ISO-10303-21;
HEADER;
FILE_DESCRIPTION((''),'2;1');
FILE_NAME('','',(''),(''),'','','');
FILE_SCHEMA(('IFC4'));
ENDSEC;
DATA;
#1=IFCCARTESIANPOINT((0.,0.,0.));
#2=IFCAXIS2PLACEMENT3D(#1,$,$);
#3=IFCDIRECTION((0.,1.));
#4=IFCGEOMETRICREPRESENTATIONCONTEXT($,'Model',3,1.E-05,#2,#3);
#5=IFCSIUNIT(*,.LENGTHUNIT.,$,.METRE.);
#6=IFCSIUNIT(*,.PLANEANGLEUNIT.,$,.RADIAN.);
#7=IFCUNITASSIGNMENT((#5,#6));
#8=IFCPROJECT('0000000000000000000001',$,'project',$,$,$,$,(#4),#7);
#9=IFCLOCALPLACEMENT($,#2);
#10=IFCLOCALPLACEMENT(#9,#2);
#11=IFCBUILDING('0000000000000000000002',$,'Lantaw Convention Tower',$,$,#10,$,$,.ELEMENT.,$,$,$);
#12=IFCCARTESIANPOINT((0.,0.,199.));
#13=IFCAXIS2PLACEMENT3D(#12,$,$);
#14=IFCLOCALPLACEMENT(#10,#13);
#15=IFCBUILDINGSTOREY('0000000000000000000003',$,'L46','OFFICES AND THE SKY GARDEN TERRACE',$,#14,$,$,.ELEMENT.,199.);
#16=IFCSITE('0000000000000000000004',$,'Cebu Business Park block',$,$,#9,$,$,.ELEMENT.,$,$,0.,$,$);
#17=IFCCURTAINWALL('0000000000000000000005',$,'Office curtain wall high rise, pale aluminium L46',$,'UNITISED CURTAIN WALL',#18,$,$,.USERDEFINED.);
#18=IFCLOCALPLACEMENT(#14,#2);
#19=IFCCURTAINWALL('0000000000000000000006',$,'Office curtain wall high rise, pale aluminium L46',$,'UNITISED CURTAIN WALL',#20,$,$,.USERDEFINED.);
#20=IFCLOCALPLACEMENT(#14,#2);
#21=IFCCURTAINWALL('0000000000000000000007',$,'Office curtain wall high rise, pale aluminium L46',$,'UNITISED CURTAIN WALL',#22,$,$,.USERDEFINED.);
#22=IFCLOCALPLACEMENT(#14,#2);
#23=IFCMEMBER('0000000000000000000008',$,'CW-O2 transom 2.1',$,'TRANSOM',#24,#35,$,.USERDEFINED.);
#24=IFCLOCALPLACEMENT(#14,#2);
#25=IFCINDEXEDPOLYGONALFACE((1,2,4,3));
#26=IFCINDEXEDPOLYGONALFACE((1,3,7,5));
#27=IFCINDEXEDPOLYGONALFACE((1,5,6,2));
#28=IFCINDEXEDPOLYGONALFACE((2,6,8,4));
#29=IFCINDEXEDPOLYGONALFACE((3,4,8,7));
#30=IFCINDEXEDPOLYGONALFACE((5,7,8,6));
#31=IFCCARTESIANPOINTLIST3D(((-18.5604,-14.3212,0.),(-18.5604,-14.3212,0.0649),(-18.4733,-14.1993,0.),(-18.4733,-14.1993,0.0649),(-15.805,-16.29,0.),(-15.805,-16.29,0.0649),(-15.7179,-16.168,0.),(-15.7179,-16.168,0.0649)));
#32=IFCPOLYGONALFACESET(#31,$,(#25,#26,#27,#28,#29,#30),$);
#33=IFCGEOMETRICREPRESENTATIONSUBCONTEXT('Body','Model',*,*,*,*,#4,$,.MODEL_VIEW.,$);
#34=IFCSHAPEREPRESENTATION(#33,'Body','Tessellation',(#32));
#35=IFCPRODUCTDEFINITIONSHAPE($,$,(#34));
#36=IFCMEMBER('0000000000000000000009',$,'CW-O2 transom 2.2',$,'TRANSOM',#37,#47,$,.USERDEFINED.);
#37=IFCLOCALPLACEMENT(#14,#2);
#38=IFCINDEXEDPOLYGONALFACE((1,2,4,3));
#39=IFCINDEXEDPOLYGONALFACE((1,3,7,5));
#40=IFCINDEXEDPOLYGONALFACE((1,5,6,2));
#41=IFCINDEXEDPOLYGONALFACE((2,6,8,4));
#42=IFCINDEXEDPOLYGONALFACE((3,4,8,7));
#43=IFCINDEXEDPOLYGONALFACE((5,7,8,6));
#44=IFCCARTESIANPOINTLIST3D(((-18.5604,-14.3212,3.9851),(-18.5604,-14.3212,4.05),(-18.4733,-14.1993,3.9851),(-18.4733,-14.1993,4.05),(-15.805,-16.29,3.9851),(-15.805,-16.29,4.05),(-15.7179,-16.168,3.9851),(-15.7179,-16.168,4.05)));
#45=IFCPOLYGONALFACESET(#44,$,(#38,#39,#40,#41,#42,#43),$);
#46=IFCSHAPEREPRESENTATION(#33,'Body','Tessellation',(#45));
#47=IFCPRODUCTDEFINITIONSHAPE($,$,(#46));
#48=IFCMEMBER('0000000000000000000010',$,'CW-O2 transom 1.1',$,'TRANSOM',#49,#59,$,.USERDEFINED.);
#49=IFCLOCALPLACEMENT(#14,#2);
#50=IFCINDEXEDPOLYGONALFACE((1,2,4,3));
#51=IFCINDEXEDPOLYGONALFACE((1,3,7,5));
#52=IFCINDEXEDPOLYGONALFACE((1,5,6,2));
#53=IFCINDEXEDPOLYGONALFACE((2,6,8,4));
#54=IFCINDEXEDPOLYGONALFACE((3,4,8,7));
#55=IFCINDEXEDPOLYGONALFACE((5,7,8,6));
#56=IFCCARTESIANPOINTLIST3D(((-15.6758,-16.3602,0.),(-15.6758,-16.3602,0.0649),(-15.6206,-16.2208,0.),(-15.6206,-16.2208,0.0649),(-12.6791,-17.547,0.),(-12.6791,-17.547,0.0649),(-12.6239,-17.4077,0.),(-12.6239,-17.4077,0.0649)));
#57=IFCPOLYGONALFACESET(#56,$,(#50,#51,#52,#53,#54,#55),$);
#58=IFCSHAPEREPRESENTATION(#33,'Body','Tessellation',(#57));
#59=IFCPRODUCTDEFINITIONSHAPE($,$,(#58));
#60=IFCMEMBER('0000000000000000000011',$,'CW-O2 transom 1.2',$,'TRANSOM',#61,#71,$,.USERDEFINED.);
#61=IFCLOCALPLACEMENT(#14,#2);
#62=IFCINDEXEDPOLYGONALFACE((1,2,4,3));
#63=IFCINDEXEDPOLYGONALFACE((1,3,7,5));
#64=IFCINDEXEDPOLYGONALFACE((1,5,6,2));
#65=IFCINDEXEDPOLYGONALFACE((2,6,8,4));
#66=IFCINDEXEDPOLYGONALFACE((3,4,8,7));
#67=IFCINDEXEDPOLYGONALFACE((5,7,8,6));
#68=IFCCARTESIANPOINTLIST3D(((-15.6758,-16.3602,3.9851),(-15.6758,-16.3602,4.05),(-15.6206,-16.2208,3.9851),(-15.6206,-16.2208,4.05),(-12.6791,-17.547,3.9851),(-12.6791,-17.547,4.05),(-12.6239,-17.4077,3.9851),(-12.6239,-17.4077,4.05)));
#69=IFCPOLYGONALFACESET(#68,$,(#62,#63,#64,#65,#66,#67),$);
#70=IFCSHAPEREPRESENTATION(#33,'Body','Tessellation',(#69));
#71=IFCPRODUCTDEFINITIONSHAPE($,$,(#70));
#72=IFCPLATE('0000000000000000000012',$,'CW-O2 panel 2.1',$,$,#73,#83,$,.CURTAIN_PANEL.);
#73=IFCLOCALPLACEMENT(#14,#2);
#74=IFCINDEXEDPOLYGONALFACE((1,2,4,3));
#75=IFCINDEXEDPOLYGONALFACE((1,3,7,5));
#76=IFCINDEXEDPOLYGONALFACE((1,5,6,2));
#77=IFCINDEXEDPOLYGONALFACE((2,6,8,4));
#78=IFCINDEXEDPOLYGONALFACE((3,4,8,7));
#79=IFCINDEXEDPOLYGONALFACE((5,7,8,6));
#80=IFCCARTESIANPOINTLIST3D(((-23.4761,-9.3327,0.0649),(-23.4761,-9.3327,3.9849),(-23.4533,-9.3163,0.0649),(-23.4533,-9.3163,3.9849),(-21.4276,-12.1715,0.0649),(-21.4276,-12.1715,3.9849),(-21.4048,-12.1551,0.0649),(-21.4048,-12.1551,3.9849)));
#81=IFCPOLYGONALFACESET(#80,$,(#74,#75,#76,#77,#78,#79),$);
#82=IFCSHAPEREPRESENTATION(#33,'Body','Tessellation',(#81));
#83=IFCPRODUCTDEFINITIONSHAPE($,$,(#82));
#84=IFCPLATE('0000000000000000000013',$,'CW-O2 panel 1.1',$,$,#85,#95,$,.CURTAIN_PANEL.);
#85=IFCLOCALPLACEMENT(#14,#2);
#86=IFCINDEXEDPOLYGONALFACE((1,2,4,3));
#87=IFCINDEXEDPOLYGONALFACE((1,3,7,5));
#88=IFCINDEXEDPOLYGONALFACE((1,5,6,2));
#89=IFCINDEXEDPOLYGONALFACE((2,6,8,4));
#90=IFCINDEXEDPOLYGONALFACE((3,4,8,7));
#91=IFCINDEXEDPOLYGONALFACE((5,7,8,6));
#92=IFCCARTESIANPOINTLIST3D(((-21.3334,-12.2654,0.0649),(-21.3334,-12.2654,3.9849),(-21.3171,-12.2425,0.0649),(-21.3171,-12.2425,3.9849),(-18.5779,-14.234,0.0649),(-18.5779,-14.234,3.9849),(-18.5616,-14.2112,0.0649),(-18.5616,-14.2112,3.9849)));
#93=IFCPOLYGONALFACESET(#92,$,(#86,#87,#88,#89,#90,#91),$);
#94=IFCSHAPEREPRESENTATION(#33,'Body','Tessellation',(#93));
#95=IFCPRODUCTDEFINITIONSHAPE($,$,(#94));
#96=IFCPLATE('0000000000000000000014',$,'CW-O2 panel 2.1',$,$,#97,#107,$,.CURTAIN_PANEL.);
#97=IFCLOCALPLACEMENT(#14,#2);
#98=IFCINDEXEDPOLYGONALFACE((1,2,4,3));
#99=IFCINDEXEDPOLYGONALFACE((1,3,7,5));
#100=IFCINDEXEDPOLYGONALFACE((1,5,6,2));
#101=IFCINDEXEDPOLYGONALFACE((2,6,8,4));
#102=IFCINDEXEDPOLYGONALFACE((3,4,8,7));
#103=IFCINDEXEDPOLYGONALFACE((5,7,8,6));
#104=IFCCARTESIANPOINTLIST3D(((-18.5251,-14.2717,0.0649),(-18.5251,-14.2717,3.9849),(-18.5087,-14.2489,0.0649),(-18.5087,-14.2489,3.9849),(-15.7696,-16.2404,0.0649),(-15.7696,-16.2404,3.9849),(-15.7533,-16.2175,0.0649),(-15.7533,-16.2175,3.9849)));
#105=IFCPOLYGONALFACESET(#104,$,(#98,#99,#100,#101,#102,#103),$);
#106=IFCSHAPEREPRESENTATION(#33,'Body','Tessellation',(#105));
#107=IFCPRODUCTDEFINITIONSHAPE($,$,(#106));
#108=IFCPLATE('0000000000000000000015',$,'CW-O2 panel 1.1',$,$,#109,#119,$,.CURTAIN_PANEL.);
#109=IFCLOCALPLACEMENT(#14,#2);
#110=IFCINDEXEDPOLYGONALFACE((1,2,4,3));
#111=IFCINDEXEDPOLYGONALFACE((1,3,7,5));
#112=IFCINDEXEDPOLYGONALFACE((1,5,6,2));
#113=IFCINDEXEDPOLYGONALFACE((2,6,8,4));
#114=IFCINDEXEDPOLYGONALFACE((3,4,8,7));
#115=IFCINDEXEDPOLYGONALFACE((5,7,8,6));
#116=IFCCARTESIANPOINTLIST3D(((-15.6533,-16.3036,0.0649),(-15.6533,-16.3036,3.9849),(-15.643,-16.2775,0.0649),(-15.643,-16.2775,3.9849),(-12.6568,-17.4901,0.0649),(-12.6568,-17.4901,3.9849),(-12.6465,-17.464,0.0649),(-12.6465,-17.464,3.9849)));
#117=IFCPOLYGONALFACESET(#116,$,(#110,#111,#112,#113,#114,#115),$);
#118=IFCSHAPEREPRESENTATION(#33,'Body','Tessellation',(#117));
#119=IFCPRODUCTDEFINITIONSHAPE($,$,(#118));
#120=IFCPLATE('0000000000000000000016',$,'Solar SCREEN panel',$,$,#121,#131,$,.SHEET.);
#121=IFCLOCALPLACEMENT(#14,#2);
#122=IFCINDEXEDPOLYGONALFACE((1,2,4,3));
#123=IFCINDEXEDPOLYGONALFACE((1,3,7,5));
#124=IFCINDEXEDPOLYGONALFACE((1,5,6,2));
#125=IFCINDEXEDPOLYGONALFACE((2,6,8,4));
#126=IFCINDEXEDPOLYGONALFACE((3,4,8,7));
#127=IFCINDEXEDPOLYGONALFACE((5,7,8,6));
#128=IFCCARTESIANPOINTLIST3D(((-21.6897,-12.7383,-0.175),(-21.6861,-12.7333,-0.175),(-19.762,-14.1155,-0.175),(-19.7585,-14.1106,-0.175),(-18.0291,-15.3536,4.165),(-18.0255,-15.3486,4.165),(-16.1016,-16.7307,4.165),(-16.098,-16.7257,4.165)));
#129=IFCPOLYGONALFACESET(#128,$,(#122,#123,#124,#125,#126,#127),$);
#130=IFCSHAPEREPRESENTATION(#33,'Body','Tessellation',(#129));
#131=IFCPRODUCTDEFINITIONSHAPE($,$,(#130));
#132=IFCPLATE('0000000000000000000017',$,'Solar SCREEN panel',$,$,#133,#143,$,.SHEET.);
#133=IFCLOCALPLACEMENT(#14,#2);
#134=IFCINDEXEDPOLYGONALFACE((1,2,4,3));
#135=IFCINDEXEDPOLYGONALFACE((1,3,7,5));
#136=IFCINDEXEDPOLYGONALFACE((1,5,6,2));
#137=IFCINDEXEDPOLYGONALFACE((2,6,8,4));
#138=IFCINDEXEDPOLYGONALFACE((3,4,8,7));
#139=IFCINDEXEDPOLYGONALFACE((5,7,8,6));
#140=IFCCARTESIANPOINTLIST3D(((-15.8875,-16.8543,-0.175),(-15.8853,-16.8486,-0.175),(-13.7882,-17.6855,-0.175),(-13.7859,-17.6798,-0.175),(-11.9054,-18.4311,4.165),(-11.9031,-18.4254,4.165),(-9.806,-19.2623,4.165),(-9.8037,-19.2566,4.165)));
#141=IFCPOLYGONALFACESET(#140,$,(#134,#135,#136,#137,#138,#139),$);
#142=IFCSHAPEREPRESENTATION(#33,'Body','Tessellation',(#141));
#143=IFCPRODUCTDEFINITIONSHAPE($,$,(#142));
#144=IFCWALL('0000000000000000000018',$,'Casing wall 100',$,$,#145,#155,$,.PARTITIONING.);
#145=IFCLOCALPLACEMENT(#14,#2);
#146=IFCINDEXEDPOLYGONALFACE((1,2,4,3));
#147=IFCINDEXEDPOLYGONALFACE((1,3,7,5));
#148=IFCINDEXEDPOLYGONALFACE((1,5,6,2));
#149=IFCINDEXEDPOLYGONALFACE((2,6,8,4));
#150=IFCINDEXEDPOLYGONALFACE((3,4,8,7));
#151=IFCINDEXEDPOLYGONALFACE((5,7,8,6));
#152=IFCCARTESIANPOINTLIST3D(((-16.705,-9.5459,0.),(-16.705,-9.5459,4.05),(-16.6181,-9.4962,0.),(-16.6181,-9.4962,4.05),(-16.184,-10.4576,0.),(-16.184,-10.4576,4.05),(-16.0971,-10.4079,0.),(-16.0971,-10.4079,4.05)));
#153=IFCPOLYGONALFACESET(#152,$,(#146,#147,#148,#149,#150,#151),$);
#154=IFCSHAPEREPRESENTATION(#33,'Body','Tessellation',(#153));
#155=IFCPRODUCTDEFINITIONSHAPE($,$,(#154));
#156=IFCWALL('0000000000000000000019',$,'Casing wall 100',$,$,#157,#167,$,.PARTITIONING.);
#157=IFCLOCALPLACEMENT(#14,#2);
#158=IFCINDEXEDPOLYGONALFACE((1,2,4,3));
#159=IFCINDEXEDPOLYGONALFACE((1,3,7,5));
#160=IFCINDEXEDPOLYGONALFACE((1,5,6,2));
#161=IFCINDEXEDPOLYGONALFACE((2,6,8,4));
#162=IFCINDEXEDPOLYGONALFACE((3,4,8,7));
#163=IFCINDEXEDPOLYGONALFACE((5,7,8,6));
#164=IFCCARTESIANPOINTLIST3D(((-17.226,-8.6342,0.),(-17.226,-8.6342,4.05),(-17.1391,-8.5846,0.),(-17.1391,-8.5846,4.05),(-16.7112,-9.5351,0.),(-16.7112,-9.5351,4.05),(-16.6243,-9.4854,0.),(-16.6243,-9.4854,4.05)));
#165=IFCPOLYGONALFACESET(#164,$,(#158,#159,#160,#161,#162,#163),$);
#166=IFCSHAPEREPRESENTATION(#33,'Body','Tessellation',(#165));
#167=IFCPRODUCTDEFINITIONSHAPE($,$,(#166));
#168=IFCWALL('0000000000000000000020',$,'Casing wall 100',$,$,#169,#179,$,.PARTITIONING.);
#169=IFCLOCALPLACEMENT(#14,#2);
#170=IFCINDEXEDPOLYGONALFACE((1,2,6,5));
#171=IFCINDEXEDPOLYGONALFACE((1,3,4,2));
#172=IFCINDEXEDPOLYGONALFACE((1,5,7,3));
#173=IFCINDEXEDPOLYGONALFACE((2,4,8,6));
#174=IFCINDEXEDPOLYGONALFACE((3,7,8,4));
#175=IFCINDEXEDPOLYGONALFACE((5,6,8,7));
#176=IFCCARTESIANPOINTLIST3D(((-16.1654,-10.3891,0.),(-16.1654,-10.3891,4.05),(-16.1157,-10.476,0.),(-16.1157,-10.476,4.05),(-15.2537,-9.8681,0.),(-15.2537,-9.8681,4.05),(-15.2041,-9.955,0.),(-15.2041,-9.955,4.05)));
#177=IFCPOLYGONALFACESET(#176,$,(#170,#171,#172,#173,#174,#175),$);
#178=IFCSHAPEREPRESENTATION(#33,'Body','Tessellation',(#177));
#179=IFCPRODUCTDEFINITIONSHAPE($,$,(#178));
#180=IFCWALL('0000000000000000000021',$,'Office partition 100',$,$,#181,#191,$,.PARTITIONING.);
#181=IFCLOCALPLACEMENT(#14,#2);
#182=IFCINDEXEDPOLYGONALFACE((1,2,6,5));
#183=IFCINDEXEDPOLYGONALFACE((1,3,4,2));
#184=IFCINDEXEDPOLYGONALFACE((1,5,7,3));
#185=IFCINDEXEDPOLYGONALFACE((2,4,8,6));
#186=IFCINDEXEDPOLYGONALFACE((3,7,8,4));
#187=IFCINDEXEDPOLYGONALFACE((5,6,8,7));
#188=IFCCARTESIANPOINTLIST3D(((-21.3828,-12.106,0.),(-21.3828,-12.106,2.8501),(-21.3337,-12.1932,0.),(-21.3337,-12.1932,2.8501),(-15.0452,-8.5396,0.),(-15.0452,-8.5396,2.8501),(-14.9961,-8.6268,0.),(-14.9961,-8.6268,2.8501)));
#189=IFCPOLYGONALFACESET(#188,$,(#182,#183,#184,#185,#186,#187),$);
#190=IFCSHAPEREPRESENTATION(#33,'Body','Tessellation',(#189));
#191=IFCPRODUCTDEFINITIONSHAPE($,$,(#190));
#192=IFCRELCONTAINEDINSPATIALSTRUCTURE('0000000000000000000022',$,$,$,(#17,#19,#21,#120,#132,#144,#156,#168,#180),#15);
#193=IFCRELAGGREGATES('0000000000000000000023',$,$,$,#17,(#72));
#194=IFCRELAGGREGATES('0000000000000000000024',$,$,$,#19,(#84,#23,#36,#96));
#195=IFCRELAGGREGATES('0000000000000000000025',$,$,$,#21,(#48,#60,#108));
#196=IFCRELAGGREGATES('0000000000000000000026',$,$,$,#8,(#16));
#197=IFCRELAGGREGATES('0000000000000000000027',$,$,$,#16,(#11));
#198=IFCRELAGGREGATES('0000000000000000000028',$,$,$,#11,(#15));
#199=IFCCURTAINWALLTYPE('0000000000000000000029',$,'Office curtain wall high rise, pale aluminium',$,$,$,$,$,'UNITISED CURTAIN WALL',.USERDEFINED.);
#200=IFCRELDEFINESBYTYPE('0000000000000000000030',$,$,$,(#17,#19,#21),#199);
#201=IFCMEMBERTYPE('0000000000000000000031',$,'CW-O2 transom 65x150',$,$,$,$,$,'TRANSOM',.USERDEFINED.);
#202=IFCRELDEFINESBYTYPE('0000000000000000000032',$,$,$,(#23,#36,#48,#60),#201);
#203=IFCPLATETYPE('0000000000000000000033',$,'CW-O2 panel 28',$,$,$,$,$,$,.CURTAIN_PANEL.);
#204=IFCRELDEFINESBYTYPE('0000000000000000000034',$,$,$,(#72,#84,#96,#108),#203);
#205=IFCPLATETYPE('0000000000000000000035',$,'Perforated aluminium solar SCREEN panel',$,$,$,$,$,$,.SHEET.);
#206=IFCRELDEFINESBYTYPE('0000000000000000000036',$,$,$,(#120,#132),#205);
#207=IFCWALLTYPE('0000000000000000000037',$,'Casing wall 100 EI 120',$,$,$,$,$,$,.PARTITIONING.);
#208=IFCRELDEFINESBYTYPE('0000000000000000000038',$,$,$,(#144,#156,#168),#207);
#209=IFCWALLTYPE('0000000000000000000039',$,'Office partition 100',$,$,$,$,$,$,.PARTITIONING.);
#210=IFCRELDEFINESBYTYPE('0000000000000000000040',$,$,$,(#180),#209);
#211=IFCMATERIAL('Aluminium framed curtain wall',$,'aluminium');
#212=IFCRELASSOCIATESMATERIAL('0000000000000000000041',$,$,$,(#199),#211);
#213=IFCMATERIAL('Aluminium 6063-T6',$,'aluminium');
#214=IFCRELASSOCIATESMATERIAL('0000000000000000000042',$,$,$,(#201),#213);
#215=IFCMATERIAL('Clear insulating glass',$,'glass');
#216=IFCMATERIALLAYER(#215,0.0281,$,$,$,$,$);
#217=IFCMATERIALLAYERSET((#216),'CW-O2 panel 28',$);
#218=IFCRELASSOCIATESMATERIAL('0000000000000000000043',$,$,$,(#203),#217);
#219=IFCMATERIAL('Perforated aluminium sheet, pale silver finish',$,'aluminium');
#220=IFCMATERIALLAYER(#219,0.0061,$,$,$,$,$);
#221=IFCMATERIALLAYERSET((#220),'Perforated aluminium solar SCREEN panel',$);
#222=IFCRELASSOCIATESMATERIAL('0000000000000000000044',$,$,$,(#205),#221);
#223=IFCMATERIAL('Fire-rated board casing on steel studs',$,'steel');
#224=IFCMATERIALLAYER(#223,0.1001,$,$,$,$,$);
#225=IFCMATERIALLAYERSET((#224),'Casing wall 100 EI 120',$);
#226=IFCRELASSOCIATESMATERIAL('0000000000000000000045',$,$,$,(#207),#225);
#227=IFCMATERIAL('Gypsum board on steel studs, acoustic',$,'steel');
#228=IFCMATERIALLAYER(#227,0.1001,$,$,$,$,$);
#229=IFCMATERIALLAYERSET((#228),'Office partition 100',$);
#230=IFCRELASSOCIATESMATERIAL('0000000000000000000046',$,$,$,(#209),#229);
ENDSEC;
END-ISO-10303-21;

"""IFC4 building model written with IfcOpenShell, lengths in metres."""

from ifc_helpers import new_model, si_unit, direction, frame, frame_2d, origin, origin_2d, place, context, subcontext, project, spatial, polyline, rectangle, outline, extrude, material, layer, layer_set, material_profile, profile_set, type_object, element, aggregate, save


model = new_model("IFC4")

# Units and contexts
model_context = context("Model", 3, precision=1e-05, world=origin(), true_north=direction((0.0, 1.0)))
body_context = subcontext(model_context, "Body", "Model", "MODEL_VIEW")
ifc_project = project(units=[si_unit("LENGTHUNIT", "METRE"), si_unit("PLANEANGLEUNIT", "RADIAN")], contexts=[model_context])

# Site, building, storey
site_placement = place(None, origin())
site = spatial("IfcSite", under=ifc_project, at=site_placement, Name="Cebu Business Park block", CompositionType="ELEMENT", RefElevation=0.0)
building_placement = place(site_placement, origin())
building = spatial("IfcBuilding", under=site, at=building_placement, Name="Lantaw Convention Tower", CompositionType="ELEMENT")
storey_placement = place(building_placement, frame((0.0, 0.0, 199.0)))
storey = spatial("IfcBuildingStorey", under=building, at=storey_placement, Name="L46", Description="OFFICES AND THE SKY GARDEN TERRACE", CompositionType="ELEMENT", Elevation=199.0)

# Curtain wall
ifc_material_1 = material(Name="Aluminium framed curtain wall", Category="aluminium")
curtain_wall_type = type_object("IfcCurtainWallType", Name="Office curtain wall high rise, pale aluminium", ElementType="UNITISED CURTAIN WALL", PredefinedType="USERDEFINED", material=ifc_material_1)
curtain_wall_1_placement = place(storey_placement, origin())
curtain_wall_1 = element("IfcCurtainWall", 1, at=curtain_wall_1_placement, inside=storey, type_object=curtain_wall_type, Name="Office curtain wall high rise, pale aluminium L46", ObjectType="UNITISED CURTAIN WALL", PredefinedType="USERDEFINED")
ifc_material_2 = material(Name="Aluminium 6063-T6", Category="aluminium")

# Curtain wall
curtain_wall_2_placement = place(storey_placement, origin())
curtain_wall_2 = element("IfcCurtainWall", 2, at=curtain_wall_2_placement, inside=storey, type_object=curtain_wall_type, Name="Office curtain wall high rise, pale aluminium L46", ObjectType="UNITISED CURTAIN WALL", PredefinedType="USERDEFINED")

# Curtain wall
curtain_wall_3_placement = place(storey_placement, origin())
curtain_wall_3 = element("IfcCurtainWall", 3, at=curtain_wall_3_placement, inside=storey, type_object=curtain_wall_type, Name="Office curtain wall high rise, pale aluminium L46", ObjectType="UNITISED CURTAIN WALL", PredefinedType="USERDEFINED")

# Members
ifc_material_profile_1 = material_profile(ifc_material_2, rectangle(XDim=0.1499, YDim=0.0649, at=origin_2d()), Name="CW-O2 transom 65x150")
ifc_profile_set_1 = profile_set([ifc_material_profile_1], Name="Aluminium 6063-T6")
member_type_1 = type_object("IfcMemberType", Name="CW-O2 transom 65x150", ElementType="TRANSOM", PredefinedType="USERDEFINED", material=ifc_profile_set_1)
member_1_placement = place(storey_placement, frame((-18.5168, -14.2603, 0.0325), z_axis=(0.813646, -0.581361, 0.0), x_axis=(0.581361, 0.813646, 0.0)))
member_1 = element("IfcMember", 4, at=member_1_placement, type_object=member_type_1, Name="CW-O2 transom 2.1", ObjectType="TRANSOM", PredefinedType="USERDEFINED", context=body_context, shape_type="SweptSolid", body=[
    extrude(rectangle(XDim=0.1499, YDim=0.0649, at=origin_2d()), origin(), (0.0, 0.0, 1.0), 3.3865),
])
member_2_placement = place(storey_placement, frame((-18.5168, -14.2603, 4.0176), z_axis=(0.813646, -0.581361, 0.0), x_axis=(0.581361, 0.813646, 0.0)))
member_2 = element("IfcMember", 5, at=member_2_placement, type_object=member_type_1, Name="CW-O2 transom 2.2", ObjectType="TRANSOM", PredefinedType="USERDEFINED", context=body_context, shape_type="SweptSolid", body=[
    extrude(rectangle(XDim=0.1499, YDim=0.0649, at=origin_2d()), origin(), (0.0, 0.0, 1.0), 3.3865),
])
member_3_placement = place(storey_placement, frame((-15.6482, -16.2905, 0.0325), z_axis=(0.929741, -0.368215, 0.0), x_axis=(0.368215, 0.929741, 0.0)))
member_3 = element("IfcMember", 6, at=member_3_placement, type_object=member_type_1, Name="CW-O2 transom 1.1", ObjectType="TRANSOM", PredefinedType="USERDEFINED", context=body_context, shape_type="SweptSolid", body=[
    extrude(rectangle(XDim=0.1499, YDim=0.0649, at=origin_2d()), origin(), (0.0, 0.0, 1.0), 3.2231),
])
member_4_placement = place(storey_placement, frame((-15.6482, -16.2905, 4.0176), z_axis=(0.929741, -0.368215, 0.0), x_axis=(0.368215, 0.929741, 0.0)))
member_4 = element("IfcMember", 7, at=member_4_placement, type_object=member_type_1, Name="CW-O2 transom 1.2", ObjectType="TRANSOM", PredefinedType="USERDEFINED", context=body_context, shape_type="SweptSolid", body=[
    extrude(rectangle(XDim=0.1499, YDim=0.0649, at=origin_2d()), origin(), (0.0, 0.0, 1.0), 3.2231),
])

# Plates
ifc_material_3 = material(Name="Clear insulating glass", Category="glass")
ifc_layer_1 = layer(ifc_material_3, 0.0281)
ifc_layer_set_1 = layer_set([ifc_layer_1], Name="CW-O2 panel 28")
plate_type_1 = type_object("IfcPlateType", Name="CW-O2 panel 28", PredefinedType="CURTAIN_PANEL", material=ifc_layer_set_1)
plate_1_placement = place(storey_placement, frame((-22.4404, -10.7439, 0.0649), z_axis=(0.0, 0.0, 1.0), x_axis=(0.585158, -0.81092, 0.0)))
plate_1 = element("IfcPlate", 8, at=plate_1_placement, type_object=plate_type_1, Name="CW-O2 panel 2.1", PredefinedType="CURTAIN_PANEL", context=body_context, shape_type="SweptSolid", body=[
    extrude(rectangle(XDim=3.5007, YDim=0.0281, at=origin_2d()), origin(), (0.0, 0.0, 1.0), 3.9199),
])
aggregate(curtain_wall_1, [plate_1])
plate_2_placement = place(storey_placement, frame((-19.9475, -13.2383, 0.0649), z_axis=(0.0, 0.0, 1.0), x_axis=(0.813673, -0.581323, 0.0)))
plate_2 = element("IfcPlate", 9, at=plate_2_placement, type_object=plate_type_1, Name="CW-O2 panel 1.1", PredefinedType="CURTAIN_PANEL", context=body_context, shape_type="SweptSolid", body=[
    extrude(rectangle(XDim=3.3865, YDim=0.0281, at=origin_2d()), origin(), (0.0, 0.0, 1.0), 3.9199),
])
plate_3_placement = place(storey_placement, frame((-17.1392, -15.2446, 0.0649), z_axis=(0.0, 0.0, 1.0), x_axis=(0.813673, -0.581323, 0.0)))
plate_3 = element("IfcPlate", 10, at=plate_3_placement, type_object=plate_type_1, Name="CW-O2 panel 2.1", PredefinedType="CURTAIN_PANEL", context=body_context, shape_type="SweptSolid", body=[
    extrude(rectangle(XDim=3.3865, YDim=0.0281, at=origin_2d()), origin(), (0.0, 0.0, 1.0), 3.9199),
])
aggregate(curtain_wall_2, [plate_2, member_1, member_2, plate_3])
plate_4_placement = place(storey_placement, frame((-14.1499, -16.8838, 0.0649), z_axis=(0.0, 0.0, 1.0), x_axis=(0.929762, -0.368162, 0.0)))
plate_4 = element("IfcPlate", 11, at=plate_4_placement, type_object=plate_type_1, Name="CW-O2 panel 1.1", PredefinedType="CURTAIN_PANEL", context=body_context, shape_type="SweptSolid", body=[
    extrude(rectangle(XDim=3.2229, YDim=0.0281, at=origin_2d()), origin(), (0.0, 0.0, 1.0), 3.9199),
])
aggregate(curtain_wall_3, [member_3, member_4, plate_4])

# Plates
ifc_material_4 = material(Name="Perforated aluminium sheet, pale silver finish", Category="aluminium")
ifc_layer_2 = layer(ifc_material_4, 0.0061)
ifc_layer_set_2 = layer_set([ifc_layer_2], Name="Perforated aluminium solar SCREEN panel")
plate_type_2 = type_object("IfcPlateType", Name="Perforated aluminium solar SCREEN panel", PredefinedType="SHEET", material=ifc_layer_set_2)
plate_5_placement = place(storey_placement, frame((-21.6897, -12.7383, -0.175), z_axis=(-0.581331, -0.813667, 0.00001), x_axis=(0.813667, -0.581331, 0.0)))
element("IfcPlate", 12, at=plate_5_placement, inside=storey, type_object=plate_type_2, Name="Solar SCREEN panel", PredefinedType="SHEET", context=body_context, shape_type="SweptSolid", body=[
    extrude(outline(polyline([(0.0, 0.0), (2.3691, 0.0), (6.8678, 4.3401), (4.4989, 4.3401), (0.0, 0.0)])), origin(), (0.0, 0.0, -1.0), 0.0061),
])
plate_6_placement = place(storey_placement, frame((-15.8853, -16.8486, -0.175), z_axis=(0.368117, 0.92978, 0.000036), x_axis=(0.92978, -0.368117, 0.0)))
element("IfcPlate", 13, at=plate_6_placement, inside=storey, type_object=plate_type_2, Name="Solar SCREEN panel", PredefinedType="SHEET", context=body_context, shape_type="SweptSolid", body=[
    extrude(outline(polyline([(0.0, 0.0), (2.2579, 0.0), (6.5409, -4.3401), (4.2829, -4.3401), (0.0, 0.0)])), origin(), (0.0, 0.0, -1.0), 0.0061),
])

# Walls
ifc_material_5 = material(Name="Fire-rated board casing on steel studs", Category="steel")
ifc_layer_3 = layer(ifc_material_5, 0.1001)
ifc_layer_set_3 = layer_set([ifc_layer_3], Name="Casing wall 100 EI 120")
wall_type_1 = type_object("IfcWallType", Name="Casing wall 100 EI 120", PredefinedType="PARTITIONING", material=ifc_layer_set_3)
wall_1_placement = place(storey_placement, frame((-16.1406, -10.4326, 0.0), z_axis=(0.0, 0.0, 1.0), x_axis=(-0.496189, 0.868215, 0.0)))
element("IfcWall", 14, at=wall_1_placement, inside=storey, type_object=wall_type_1, Name="Casing wall 100", PredefinedType="PARTITIONING", context=body_context, shape_type="SweptSolid", body=[
    extrude(rectangle(XDim=1.05, YDim=0.1001, at=frame_2d((0.5249, 0.0))), origin(), (0.0, 0.0, 1.0), 4.05),
])
wall_2_placement = place(storey_placement, frame((-16.6677, -9.5103, 0.0), z_axis=(0.0, 0.0, 1.0), x_axis=(-0.496215, 0.8682, 0.0)))
element("IfcWall", 15, at=wall_2_placement, inside=storey, type_object=wall_type_1, Name="Casing wall 100", PredefinedType="PARTITIONING", context=body_context, shape_type="SweptSolid", body=[
    extrude(rectangle(XDim=1.0376, YDim=0.1001, at=frame_2d((0.5188, 0.0))), origin(), (0.0, 0.0, 1.0), 4.05),
])
wall_3_placement = place(storey_placement, frame((-15.229, -9.9116, 0.0), z_axis=(0.0, 0.0, 1.0), x_axis=(-0.868215, -0.496189, 0.0)))
element("IfcWall", 16, at=wall_3_placement, inside=storey, type_object=wall_type_1, Name="Casing wall 100", PredefinedType="PARTITIONING", context=body_context, shape_type="SweptSolid", body=[
    extrude(rectangle(XDim=1.05, YDim=0.1001, at=frame_2d((0.5249, 0.0))), origin(), (0.0, 0.0, 1.0), 4.05),
])
ifc_material_6 = material(Name="Gypsum board on steel studs, acoustic", Category="steel")
ifc_layer_4 = layer(ifc_material_6, 0.1001)
ifc_layer_set_4 = layer_set([ifc_layer_4], Name="Office partition 100")
wall_type_2 = type_object("IfcWallType", Name="Office partition 100", PredefinedType="PARTITIONING", material=ifc_layer_set_4)
wall_4_placement = place(storey_placement, frame((-21.3584, -12.1497, 0.0), z_axis=(0.0, 0.0, 1.0), x_axis=(0.871489, 0.490416, 0.0)))
element("IfcWall", 17, at=wall_4_placement, inside=storey, type_object=wall_type_2, Name="Office partition 100", PredefinedType="PARTITIONING", context=body_context, shape_type="SweptSolid", body=[
    extrude(rectangle(XDim=7.2722, YDim=0.1001, at=frame_2d((3.6362, 0.0))), origin(), (0.0, 0.0, 1.0), 2.8501),
])

save(model, "model.ifc")
